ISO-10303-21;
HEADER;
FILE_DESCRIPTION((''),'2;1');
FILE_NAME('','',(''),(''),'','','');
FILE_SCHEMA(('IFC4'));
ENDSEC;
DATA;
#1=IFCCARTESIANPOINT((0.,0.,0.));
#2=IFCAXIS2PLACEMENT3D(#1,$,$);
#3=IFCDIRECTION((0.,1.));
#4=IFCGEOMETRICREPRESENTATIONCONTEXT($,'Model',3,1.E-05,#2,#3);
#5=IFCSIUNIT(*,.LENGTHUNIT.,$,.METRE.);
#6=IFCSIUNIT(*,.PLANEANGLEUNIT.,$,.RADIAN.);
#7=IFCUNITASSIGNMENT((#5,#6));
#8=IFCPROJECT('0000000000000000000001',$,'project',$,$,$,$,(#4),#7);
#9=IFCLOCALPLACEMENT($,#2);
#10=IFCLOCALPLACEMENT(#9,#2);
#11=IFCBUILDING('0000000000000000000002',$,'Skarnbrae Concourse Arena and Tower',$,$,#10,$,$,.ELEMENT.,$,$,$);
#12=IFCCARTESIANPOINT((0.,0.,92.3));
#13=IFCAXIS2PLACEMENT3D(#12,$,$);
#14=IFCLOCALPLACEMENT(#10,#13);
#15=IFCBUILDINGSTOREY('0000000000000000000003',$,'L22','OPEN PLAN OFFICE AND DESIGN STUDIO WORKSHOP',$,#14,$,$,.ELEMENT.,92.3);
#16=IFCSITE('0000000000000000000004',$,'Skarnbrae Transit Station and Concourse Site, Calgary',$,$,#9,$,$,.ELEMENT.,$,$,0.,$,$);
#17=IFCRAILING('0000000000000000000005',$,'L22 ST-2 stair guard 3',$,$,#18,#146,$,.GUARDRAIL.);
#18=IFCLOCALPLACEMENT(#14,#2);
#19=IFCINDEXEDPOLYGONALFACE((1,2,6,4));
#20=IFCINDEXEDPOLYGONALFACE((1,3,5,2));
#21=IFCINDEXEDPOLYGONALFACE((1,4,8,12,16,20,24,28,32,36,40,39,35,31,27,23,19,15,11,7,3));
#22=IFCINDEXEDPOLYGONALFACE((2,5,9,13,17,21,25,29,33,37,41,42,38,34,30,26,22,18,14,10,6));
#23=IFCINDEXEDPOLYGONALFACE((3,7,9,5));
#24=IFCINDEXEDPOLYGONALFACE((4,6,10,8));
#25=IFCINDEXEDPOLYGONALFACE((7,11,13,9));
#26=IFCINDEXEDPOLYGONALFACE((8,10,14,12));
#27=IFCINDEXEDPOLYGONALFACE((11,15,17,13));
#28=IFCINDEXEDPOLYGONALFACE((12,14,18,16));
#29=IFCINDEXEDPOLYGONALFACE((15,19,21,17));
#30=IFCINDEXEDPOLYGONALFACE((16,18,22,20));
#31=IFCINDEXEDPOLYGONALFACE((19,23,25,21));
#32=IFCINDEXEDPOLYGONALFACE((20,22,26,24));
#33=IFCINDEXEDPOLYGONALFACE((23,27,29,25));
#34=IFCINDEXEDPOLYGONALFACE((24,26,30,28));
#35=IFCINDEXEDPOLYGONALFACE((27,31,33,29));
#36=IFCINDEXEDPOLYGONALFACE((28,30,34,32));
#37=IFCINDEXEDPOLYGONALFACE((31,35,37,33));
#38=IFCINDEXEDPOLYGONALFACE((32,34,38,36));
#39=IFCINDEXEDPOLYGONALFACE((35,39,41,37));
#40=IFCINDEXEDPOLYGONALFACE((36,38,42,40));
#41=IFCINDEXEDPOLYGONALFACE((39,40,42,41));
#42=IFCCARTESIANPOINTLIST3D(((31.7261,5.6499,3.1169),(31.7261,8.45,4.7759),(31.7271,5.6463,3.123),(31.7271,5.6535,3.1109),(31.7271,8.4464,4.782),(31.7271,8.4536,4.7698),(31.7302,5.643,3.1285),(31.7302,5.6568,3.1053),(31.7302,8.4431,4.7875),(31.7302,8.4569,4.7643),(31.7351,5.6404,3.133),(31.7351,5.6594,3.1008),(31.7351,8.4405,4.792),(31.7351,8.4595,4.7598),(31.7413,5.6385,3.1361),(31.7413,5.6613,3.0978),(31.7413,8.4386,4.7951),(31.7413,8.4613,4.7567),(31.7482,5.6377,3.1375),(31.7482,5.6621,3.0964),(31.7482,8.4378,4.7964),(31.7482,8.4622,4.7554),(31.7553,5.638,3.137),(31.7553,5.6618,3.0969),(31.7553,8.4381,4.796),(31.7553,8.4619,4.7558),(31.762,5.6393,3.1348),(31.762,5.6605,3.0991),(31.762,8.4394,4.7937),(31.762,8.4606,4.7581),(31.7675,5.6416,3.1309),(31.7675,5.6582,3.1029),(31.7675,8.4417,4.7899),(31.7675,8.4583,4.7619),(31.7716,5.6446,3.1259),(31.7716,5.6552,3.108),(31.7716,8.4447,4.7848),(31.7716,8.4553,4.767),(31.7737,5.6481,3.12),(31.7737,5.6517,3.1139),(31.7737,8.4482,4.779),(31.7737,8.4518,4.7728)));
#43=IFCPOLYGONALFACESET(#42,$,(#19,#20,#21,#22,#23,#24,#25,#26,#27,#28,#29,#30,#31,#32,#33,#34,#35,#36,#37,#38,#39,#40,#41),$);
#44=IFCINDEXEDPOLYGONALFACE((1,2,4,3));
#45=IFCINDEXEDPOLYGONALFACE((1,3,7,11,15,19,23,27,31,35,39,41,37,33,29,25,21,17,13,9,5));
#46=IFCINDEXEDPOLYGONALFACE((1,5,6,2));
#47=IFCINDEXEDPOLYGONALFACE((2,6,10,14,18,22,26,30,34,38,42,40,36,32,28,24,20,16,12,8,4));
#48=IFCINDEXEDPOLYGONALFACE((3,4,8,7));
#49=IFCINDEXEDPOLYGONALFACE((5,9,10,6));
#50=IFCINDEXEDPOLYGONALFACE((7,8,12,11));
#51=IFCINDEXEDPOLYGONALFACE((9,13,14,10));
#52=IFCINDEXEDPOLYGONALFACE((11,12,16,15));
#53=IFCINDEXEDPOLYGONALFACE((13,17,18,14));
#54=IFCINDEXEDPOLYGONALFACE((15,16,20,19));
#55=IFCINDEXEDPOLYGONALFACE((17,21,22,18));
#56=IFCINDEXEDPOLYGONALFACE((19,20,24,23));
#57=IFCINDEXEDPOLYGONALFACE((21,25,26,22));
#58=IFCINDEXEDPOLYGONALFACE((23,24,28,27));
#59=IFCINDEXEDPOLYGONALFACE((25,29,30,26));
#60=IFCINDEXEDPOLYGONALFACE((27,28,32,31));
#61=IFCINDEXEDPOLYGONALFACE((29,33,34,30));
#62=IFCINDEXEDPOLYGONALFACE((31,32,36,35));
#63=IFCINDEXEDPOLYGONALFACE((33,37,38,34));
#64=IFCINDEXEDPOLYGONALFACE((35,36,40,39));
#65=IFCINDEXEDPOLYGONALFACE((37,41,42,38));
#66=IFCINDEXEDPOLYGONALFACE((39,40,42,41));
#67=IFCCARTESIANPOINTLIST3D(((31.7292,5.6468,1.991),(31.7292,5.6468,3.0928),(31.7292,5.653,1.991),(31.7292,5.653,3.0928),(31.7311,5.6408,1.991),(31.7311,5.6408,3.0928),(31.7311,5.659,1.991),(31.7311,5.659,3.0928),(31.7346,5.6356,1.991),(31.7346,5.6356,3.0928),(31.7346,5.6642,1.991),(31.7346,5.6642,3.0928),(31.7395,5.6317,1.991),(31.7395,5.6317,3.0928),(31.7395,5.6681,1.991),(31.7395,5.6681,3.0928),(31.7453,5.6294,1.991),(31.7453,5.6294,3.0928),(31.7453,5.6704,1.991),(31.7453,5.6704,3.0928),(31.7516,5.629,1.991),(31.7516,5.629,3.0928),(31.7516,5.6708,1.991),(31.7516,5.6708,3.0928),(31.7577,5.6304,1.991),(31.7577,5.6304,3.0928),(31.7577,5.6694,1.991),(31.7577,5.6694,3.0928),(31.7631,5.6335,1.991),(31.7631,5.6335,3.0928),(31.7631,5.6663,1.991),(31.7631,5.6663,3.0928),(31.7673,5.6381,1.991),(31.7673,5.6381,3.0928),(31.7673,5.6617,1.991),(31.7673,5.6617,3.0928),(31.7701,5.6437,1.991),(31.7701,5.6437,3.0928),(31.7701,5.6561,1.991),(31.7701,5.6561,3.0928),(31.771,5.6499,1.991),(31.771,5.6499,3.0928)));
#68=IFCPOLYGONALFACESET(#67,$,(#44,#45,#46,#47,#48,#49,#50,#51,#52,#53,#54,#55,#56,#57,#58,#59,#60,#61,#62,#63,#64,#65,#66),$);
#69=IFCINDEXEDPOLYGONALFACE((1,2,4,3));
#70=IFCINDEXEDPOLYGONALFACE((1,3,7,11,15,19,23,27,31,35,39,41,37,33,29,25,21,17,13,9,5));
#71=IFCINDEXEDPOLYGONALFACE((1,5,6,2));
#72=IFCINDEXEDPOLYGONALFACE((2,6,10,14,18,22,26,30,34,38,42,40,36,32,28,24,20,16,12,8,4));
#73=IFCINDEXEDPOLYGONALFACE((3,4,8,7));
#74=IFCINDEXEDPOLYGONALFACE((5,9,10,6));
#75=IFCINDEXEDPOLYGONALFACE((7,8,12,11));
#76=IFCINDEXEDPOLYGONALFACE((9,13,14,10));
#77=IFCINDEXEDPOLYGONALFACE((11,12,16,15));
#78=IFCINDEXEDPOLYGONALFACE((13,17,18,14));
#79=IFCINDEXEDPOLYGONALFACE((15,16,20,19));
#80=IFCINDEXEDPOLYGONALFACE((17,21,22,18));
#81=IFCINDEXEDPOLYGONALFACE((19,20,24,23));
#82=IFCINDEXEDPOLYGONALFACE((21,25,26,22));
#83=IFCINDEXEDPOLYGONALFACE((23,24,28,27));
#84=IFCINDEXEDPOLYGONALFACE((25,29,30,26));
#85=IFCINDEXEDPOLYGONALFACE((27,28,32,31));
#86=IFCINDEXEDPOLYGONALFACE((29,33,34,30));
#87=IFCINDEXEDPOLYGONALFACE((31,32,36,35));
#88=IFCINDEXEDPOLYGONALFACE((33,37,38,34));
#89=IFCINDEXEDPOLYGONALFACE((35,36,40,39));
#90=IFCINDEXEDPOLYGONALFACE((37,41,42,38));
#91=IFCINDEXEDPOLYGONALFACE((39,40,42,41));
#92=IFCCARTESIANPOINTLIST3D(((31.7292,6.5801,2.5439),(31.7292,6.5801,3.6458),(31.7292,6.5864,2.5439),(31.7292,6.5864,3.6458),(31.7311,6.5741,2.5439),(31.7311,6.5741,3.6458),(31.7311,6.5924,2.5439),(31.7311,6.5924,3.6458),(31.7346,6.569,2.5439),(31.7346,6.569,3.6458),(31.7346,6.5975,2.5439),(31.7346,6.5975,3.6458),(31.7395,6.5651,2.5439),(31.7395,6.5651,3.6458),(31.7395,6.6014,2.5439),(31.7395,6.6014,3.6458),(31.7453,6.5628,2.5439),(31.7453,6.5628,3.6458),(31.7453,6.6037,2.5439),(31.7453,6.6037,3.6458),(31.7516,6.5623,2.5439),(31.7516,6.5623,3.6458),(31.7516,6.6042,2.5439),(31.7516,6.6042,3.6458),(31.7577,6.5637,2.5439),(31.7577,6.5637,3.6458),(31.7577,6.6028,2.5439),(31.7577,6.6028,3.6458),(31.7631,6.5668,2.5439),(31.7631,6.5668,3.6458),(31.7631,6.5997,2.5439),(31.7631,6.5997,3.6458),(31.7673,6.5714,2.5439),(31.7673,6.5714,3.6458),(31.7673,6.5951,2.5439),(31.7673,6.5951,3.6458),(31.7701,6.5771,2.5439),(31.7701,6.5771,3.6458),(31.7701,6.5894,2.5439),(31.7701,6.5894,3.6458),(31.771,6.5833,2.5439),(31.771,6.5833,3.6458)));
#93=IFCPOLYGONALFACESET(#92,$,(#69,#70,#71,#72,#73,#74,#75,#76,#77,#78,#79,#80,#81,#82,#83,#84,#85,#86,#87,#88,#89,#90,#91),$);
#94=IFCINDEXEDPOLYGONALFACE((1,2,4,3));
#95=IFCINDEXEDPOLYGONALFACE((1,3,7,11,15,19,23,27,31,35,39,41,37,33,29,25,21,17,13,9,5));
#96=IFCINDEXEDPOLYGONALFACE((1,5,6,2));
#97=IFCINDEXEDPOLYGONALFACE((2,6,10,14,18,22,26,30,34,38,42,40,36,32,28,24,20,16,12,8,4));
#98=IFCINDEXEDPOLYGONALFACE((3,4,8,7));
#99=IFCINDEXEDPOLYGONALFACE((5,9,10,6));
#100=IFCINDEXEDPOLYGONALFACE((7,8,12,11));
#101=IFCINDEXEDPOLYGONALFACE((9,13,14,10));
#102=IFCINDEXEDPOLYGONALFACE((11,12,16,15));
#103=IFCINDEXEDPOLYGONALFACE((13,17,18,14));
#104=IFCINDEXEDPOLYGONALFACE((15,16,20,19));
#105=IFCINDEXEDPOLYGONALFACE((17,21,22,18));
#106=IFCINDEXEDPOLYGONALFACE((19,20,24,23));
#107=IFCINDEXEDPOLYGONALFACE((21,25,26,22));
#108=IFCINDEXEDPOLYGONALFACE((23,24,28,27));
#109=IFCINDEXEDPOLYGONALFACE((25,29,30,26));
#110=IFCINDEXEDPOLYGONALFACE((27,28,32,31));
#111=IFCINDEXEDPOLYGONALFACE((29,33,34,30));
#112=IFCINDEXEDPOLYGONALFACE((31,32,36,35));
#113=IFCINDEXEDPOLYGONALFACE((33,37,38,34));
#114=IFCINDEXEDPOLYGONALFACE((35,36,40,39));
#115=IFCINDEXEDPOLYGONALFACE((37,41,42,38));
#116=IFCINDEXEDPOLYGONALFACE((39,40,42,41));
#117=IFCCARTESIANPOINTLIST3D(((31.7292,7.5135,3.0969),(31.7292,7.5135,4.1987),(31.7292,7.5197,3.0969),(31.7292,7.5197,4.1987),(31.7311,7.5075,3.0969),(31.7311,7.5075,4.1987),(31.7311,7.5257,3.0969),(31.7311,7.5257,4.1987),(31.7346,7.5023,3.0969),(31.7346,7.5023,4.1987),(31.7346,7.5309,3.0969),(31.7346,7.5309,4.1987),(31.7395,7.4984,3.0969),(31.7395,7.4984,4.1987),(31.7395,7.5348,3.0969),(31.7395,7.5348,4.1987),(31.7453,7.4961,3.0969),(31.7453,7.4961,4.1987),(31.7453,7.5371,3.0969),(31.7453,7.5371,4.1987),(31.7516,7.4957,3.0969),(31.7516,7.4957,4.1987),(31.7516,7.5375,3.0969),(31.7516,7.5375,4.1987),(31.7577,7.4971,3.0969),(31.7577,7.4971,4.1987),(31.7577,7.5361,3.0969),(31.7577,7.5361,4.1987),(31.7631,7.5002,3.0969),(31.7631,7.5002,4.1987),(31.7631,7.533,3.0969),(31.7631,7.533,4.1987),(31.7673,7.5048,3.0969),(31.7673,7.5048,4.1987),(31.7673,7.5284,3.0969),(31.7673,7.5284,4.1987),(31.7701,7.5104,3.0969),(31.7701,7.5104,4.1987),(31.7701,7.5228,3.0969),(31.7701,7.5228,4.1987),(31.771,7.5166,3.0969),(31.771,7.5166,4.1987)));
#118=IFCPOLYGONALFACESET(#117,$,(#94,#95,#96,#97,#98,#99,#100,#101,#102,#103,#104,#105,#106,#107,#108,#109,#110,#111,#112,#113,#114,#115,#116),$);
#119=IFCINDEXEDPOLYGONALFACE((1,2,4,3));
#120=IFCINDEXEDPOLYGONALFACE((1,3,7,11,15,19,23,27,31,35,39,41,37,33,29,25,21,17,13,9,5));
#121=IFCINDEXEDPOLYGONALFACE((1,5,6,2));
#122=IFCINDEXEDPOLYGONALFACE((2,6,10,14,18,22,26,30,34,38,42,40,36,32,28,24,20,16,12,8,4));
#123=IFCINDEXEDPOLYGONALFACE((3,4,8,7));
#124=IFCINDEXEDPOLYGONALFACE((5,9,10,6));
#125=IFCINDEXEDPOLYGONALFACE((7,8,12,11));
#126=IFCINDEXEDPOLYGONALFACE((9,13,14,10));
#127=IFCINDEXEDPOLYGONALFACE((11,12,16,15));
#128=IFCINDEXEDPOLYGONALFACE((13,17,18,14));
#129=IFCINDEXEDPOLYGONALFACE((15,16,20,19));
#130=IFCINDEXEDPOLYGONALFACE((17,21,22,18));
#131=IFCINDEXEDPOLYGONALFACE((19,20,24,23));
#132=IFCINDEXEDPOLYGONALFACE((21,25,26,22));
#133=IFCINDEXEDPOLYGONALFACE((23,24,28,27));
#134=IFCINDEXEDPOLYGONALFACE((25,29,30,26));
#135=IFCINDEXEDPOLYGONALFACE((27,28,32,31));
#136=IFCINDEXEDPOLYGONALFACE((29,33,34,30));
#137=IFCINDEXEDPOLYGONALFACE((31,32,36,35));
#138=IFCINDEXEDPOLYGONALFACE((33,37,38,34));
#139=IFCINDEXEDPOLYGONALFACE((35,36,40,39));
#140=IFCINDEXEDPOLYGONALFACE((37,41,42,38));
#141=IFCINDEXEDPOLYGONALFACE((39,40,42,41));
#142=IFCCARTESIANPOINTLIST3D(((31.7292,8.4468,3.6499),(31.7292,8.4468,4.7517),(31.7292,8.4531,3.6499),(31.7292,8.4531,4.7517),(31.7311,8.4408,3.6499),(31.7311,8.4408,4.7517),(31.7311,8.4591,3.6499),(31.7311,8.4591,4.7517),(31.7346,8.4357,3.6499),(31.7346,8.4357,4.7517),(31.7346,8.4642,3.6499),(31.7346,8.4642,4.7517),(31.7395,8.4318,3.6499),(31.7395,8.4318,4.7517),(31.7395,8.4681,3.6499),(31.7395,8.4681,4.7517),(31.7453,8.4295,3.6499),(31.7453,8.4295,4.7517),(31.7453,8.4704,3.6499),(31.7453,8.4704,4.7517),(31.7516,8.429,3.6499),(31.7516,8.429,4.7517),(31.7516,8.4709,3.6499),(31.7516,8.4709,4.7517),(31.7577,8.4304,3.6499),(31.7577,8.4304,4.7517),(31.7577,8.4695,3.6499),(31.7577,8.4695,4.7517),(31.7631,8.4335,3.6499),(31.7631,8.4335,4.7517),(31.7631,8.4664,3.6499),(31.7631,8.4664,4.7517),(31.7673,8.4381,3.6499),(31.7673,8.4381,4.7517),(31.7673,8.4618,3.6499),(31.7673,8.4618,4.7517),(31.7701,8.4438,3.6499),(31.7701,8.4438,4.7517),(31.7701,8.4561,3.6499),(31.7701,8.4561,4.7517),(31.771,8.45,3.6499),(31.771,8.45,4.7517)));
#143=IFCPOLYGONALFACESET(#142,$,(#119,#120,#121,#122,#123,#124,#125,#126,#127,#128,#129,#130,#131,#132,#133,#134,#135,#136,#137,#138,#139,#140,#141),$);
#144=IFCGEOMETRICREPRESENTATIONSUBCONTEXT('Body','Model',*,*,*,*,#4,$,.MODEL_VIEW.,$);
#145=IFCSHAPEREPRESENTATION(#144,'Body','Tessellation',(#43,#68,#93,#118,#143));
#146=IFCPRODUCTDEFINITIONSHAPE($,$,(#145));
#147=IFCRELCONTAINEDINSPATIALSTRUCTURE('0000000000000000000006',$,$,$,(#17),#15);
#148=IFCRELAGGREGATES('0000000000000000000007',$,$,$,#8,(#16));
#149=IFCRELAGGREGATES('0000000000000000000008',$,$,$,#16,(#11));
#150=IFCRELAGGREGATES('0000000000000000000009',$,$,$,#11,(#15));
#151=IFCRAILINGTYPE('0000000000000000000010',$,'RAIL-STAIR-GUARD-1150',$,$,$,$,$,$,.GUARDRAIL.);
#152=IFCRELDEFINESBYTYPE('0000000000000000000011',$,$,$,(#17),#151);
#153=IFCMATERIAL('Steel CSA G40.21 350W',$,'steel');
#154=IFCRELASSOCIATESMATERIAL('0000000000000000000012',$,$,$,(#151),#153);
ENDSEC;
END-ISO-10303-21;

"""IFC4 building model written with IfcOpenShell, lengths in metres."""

from ifc_helpers import new_model, si_unit, direction, frame, origin, origin_2d, place, context, subcontext, project, spatial, circle, extrude, material, type_object, element, save


model = new_model("IFC4")

# Units and contexts
model_context = context("Model", 3, precision=1e-05, world=origin(), true_north=direction((0.0, 1.0)))
body_context = subcontext(model_context, "Body", "Model", "MODEL_VIEW")
ifc_project = project(units=[si_unit("LENGTHUNIT", "METRE"), si_unit("PLANEANGLEUNIT", "RADIAN")], contexts=[model_context])

# Site, building, storey
site_placement = place(None, origin())
site = spatial("IfcSite", under=ifc_project, at=site_placement, Name="Skarnbrae Transit Station and Concourse Site, Calgary", CompositionType="ELEMENT", RefElevation=0.0)
building_placement = place(site_placement, origin())
building = spatial("IfcBuilding", under=site, at=building_placement, Name="Skarnbrae Concourse Arena and Tower", CompositionType="ELEMENT")
storey_placement = place(building_placement, frame((0.0, 0.0, 92.3)))
storey = spatial("IfcBuildingStorey", under=building, at=storey_placement, Name="L22", Description="OPEN PLAN OFFICE AND DESIGN STUDIO WORKSHOP", CompositionType="ELEMENT", Elevation=92.3)

# Shared definitions
ifc_material_1 = material(Name="Steel CSA G40.21 350W", Category="steel")

# Railing
railing_type_1 = type_object("IfcRailingType", Name="RAIL-STAIR-GUARD-1150", PredefinedType="GUARDRAIL", material=ifc_material_1)
railing_1_placement = place(storey_placement, frame((31.75, 5.6499, 1.991)))
element("IfcRailing", 1, at=railing_1_placement, inside=storey, type_object=railing_type_1, Name="L22 ST-2 stair guard 3", PredefinedType="GUARDRAIL", context=body_context, shape_type="SweptSolid", body=[
    extrude(circle(Radius=0.0239, at=origin_2d()), frame((0.0, 0.0, 1.126), z_axis=(0.0, 0.860339, 0.509722), x_axis=(-1.0, 0.0, 0.0)), (0.0, 0.0, 1.0), 3.2546),
    extrude(circle(Radius=0.021, at=origin_2d()), origin(), (0.0, 0.0, 1.0), 1.1018),
    extrude(circle(Radius=0.021, at=origin_2d()), frame((0.0, 0.9333, 0.553)), (0.0, 0.0, 1.0), 1.1018),
    extrude(circle(Radius=0.021, at=origin_2d()), frame((0.0, 1.8667, 1.106)), (0.0, 0.0, 1.0), 1.1018),
    extrude(circle(Radius=0.021, at=origin_2d()), frame((0.0, 2.8, 1.6589)), (0.0, 0.0, 1.0), 1.1018),
])

save(model, "model.ifc")
